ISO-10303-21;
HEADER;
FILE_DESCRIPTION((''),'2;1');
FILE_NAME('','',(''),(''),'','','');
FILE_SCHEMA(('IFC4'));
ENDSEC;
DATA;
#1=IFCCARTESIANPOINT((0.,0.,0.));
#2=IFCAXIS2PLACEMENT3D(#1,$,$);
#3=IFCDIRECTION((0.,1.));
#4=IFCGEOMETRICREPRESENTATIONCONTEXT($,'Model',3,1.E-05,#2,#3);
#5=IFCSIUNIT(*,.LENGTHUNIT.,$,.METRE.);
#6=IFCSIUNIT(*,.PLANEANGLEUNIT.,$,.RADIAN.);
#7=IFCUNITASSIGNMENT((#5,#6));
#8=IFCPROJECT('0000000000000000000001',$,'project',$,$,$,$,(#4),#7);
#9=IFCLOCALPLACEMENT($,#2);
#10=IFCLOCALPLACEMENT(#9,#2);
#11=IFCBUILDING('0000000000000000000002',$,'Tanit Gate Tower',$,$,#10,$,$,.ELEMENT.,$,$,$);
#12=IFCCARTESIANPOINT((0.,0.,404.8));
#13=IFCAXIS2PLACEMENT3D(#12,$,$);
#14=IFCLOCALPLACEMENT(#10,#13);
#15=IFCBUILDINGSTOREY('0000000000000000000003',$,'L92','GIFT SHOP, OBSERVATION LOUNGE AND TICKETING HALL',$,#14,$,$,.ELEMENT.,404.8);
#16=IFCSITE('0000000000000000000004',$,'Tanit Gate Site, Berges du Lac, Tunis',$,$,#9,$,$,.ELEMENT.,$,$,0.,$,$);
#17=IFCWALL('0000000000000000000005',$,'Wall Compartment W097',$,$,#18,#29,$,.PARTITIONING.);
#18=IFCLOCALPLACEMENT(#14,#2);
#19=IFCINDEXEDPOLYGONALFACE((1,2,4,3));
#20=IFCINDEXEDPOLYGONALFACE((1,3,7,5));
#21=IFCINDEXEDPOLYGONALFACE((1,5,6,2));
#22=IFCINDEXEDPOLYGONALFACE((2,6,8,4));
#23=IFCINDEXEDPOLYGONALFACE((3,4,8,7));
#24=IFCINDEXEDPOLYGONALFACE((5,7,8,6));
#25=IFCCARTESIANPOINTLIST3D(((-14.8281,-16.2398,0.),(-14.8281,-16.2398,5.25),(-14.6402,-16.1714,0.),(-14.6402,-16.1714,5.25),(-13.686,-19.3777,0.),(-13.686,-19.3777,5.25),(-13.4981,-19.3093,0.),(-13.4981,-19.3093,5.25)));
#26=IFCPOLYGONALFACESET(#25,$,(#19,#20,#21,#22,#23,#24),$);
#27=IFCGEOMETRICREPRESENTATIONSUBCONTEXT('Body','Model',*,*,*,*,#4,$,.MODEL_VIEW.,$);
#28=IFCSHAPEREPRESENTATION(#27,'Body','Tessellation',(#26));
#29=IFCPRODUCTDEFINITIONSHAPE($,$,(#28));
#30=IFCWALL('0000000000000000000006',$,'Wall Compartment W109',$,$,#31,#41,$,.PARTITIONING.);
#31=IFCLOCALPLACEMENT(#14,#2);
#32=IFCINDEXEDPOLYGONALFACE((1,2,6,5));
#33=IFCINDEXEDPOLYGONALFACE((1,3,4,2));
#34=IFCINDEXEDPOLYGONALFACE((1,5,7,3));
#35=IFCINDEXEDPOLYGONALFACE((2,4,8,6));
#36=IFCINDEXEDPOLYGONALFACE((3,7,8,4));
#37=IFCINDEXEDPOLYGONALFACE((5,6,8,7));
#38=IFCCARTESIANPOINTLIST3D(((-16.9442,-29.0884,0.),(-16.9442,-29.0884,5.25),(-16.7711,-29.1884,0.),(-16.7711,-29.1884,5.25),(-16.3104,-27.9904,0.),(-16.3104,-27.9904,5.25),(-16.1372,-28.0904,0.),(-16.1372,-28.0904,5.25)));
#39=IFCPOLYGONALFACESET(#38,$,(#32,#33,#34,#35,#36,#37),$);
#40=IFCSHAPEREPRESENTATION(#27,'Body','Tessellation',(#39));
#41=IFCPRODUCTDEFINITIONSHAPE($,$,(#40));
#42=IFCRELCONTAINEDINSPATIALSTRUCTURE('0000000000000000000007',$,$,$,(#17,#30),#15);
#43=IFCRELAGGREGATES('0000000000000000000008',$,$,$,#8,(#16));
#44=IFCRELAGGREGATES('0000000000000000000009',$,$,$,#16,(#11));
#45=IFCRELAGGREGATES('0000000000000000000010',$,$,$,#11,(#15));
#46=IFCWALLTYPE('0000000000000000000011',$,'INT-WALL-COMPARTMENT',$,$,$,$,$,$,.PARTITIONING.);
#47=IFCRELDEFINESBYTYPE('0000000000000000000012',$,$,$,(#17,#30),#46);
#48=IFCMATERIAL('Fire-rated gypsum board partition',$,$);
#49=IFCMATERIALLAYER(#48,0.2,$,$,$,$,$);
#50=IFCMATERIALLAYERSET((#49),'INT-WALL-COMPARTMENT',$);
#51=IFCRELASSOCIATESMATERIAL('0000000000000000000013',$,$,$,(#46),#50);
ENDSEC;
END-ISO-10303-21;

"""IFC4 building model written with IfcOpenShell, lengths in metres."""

from ifc_helpers import new_model, si_unit, direction, frame, frame_2d, origin, place, context, subcontext, project, spatial, rectangle, extrude, material, layer, layer_set, type_object, element, save


model = new_model("IFC4")

# Units and contexts
model_context = context("Model", 3, precision=1e-05, world=origin(), true_north=direction((0.0, 1.0)))
body_context = subcontext(model_context, "Body", "Model", "MODEL_VIEW")
ifc_project = project(units=[si_unit("LENGTHUNIT", "METRE"), si_unit("PLANEANGLEUNIT", "RADIAN")], contexts=[model_context])

# Site, building, storey
site_placement = place(None, origin())
site = spatial("IfcSite", under=ifc_project, at=site_placement, Name="Tanit Gate Site, Berges du Lac, Tunis", CompositionType="ELEMENT", RefElevation=0.0)
building_placement = place(site_placement, origin())
building = spatial("IfcBuilding", under=site, at=building_placement, Name="Tanit Gate Tower", CompositionType="ELEMENT")
storey_placement = place(building_placement, frame((0.0, 0.0, 404.8)))
storey = spatial("IfcBuildingStorey", under=building, at=storey_placement, Name="L92", Description="GIFT SHOP, OBSERVATION LOUNGE AND TICKETING HALL", CompositionType="ELEMENT", Elevation=404.8)

# Walls
ifc_material_1 = material(Name="Fire-rated gypsum board partition")
ifc_layer_1 = layer(ifc_material_1, 0.2)
ifc_layer_set_1 = layer_set([ifc_layer_1], Name="INT-WALL-COMPARTMENT")
wall_type = type_object("IfcWallType", Name="INT-WALL-COMPARTMENT", PredefinedType="PARTITIONING", material=ifc_layer_set_1)
wall_1_placement = place(storey_placement, frame((-14.7341, -16.2056, 0.0), z_axis=(0.0, 0.0, 1.0), x_axis=(0.342013, -0.939695, 0.0)))
element("IfcWall", 1, at=wall_1_placement, inside=storey, type_object=wall_type, Name="Wall Compartment W097", PredefinedType="PARTITIONING", context=body_context, shape_type="SweptSolid", body=[
    extrude(rectangle(XDim=3.3394, YDim=0.2, at=frame_2d((1.6697, 0.0))), origin(), (0.0, 0.0, 1.0), 5.25),
])
wall_2_placement = place(storey_placement, frame((-16.2239, -28.0405, 0.0), z_axis=(0.0, 0.0, 1.0), x_axis=(-0.49995, -0.866054, 0.0)))
element("IfcWall", 2, at=wall_2_placement, inside=storey, type_object=wall_type, Name="Wall Compartment W109", PredefinedType="PARTITIONING", context=body_context, shape_type="SweptSolid", body=[
    extrude(rectangle(XDim=1.2678, YDim=0.2, at=frame_2d((0.6338, 0.0))), origin(), (0.0, 0.0, 1.0), 5.25),
])

save(model, "model.ifc")
